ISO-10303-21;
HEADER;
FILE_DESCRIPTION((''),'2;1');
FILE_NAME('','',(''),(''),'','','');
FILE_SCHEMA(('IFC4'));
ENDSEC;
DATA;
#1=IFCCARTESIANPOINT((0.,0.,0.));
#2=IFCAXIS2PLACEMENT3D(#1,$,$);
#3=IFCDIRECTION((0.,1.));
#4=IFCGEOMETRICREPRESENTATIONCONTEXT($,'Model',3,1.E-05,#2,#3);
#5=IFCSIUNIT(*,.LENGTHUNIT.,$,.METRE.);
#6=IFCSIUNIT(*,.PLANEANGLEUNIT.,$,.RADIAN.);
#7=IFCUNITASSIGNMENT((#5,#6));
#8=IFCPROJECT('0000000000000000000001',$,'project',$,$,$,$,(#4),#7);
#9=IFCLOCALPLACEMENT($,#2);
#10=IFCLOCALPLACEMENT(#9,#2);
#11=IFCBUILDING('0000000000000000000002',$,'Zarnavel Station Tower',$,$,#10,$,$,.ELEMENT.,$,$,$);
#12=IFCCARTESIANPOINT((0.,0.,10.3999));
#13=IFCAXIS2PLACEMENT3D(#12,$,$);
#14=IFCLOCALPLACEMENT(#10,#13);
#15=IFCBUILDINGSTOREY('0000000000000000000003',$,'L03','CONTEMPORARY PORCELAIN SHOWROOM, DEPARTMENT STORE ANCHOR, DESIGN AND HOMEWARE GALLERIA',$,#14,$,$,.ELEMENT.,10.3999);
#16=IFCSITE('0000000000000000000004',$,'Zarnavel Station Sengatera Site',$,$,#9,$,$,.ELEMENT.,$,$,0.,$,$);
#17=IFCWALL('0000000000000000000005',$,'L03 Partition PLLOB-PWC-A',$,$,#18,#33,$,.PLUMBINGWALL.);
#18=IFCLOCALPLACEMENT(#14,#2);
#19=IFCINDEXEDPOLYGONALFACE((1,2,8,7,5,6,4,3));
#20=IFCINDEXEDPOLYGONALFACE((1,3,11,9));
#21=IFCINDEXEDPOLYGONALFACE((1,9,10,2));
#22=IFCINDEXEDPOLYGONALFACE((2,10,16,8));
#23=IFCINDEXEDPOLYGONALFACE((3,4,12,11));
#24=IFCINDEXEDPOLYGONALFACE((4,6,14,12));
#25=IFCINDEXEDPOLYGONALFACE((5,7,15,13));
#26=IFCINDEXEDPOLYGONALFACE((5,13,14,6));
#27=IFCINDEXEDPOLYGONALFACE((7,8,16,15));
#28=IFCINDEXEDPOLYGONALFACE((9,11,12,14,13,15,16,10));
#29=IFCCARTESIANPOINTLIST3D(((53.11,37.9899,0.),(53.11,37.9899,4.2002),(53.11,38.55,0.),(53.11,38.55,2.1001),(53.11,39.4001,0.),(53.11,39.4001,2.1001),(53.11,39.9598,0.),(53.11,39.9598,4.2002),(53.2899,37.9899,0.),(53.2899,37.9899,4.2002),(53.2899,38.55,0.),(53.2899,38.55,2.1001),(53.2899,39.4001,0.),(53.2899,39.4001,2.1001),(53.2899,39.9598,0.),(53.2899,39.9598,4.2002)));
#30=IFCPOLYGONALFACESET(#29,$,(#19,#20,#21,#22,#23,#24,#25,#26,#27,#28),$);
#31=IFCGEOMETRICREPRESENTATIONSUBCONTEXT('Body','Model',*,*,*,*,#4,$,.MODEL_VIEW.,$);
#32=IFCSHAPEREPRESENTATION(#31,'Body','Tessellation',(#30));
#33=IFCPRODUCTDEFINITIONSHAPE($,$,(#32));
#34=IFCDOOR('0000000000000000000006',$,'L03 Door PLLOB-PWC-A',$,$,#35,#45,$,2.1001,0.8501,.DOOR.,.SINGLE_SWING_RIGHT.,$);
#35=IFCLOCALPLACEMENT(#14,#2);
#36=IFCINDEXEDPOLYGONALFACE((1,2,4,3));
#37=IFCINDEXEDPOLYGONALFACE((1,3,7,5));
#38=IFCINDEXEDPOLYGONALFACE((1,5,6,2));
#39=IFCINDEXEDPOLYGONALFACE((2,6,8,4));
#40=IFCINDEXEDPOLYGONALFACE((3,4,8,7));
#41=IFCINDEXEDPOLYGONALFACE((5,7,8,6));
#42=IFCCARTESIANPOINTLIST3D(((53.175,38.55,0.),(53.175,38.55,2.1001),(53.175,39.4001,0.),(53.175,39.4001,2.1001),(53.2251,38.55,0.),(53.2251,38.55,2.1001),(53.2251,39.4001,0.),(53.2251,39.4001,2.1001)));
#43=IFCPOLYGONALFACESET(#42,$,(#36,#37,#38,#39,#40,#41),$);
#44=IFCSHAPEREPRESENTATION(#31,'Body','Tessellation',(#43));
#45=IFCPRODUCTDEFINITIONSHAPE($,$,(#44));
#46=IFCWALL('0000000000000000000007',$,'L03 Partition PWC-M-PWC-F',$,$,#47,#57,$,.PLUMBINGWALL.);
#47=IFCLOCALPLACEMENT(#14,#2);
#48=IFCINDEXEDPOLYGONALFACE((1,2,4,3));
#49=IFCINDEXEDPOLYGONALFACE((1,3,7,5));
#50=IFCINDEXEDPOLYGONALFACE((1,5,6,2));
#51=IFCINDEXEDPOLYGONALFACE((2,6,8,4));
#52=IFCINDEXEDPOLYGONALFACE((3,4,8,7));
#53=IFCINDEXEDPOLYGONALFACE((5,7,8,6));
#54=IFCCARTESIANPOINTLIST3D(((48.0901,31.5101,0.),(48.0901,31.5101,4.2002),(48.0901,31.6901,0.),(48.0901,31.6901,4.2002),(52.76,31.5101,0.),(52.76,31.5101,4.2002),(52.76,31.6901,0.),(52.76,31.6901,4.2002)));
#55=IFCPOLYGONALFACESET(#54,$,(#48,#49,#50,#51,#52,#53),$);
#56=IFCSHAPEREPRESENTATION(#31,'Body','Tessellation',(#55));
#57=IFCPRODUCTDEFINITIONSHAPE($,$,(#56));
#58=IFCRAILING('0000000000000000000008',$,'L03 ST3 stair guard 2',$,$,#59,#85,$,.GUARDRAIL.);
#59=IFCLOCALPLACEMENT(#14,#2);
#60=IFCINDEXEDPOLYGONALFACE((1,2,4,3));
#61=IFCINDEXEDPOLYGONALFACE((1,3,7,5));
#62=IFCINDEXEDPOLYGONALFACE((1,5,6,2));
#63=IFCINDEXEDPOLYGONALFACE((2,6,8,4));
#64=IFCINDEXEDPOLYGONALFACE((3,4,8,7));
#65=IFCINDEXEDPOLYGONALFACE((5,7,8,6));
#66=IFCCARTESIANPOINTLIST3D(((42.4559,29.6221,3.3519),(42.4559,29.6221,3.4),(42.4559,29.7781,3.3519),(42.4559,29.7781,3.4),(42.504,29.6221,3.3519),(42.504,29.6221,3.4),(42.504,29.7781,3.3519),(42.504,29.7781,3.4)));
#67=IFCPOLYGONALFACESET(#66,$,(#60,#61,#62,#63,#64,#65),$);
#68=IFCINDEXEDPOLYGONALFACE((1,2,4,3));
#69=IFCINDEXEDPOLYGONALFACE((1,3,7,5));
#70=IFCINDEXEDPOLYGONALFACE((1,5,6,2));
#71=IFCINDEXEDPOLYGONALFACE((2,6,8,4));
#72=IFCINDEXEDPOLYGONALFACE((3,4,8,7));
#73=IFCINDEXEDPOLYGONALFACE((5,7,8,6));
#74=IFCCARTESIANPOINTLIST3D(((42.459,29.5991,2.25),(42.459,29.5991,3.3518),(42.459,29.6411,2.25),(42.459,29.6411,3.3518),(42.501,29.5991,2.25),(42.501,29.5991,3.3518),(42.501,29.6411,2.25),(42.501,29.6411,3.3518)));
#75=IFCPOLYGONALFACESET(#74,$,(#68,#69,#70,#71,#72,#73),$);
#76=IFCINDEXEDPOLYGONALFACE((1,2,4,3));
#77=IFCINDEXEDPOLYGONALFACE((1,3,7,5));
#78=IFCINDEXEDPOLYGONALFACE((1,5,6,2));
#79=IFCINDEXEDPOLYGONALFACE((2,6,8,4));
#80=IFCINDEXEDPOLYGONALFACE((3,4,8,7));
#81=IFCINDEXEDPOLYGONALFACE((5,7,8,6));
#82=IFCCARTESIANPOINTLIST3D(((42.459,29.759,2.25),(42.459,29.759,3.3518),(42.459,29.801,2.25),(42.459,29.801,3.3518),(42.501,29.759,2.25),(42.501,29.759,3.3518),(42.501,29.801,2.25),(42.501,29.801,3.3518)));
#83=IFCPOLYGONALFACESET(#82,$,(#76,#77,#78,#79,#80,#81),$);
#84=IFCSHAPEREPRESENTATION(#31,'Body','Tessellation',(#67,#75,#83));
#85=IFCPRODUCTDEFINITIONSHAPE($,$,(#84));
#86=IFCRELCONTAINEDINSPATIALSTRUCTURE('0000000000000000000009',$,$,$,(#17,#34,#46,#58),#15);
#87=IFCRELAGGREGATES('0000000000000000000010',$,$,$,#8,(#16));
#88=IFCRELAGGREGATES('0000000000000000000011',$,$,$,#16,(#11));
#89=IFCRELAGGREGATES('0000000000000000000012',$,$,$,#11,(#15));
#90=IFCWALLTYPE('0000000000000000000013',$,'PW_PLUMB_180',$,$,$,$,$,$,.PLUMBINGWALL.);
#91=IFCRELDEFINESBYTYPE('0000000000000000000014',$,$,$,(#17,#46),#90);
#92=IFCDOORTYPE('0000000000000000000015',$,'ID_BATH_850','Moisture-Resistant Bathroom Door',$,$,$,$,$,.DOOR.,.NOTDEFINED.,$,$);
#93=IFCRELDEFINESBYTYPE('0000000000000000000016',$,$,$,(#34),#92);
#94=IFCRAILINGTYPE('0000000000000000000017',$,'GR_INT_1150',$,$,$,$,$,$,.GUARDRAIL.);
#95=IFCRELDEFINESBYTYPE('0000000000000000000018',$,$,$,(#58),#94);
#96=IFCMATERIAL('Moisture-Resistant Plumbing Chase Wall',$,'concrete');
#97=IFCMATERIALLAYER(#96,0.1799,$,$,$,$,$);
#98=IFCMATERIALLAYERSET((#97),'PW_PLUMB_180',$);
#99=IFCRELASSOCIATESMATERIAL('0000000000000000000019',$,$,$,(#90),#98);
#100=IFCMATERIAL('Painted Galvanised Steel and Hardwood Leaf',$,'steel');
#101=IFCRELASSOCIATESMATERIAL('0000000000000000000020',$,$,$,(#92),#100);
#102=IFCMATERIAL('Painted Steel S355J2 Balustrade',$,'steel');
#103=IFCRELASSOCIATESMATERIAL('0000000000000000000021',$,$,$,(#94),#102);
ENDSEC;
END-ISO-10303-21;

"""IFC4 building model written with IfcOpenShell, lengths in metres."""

from ifc_helpers import new_model, si_unit, direction, frame, frame_2d, origin, origin_2d, place, context, subcontext, project, spatial, rectangle, extrude, material, layer, layer_set, type_object, element, fill, save


model = new_model("IFC4")

# Units and contexts
model_context = context("Model", 3, precision=1e-05, world=origin(), true_north=direction((0.0, 1.0)))
body_context = subcontext(model_context, "Body", "Model", "MODEL_VIEW")
ifc_project = project(units=[si_unit("LENGTHUNIT", "METRE"), si_unit("PLANEANGLEUNIT", "RADIAN")], contexts=[model_context])

# Site, building, storey
site_placement = place(None, origin())
site = spatial("IfcSite", under=ifc_project, at=site_placement, Name="Zarnavel Station Sengatera Site", CompositionType="ELEMENT", RefElevation=0.0)
building_placement = place(site_placement, origin())
building = spatial("IfcBuilding", under=site, at=building_placement, Name="Zarnavel Station Tower", CompositionType="ELEMENT")
storey_placement = place(building_placement, frame((0.0, 0.0, 10.3999)))
storey = spatial("IfcBuildingStorey", under=building, at=storey_placement, Name="L03", Description="CONTEMPORARY PORCELAIN SHOWROOM, DEPARTMENT STORE ANCHOR, DESIGN AND HOMEWARE GALLERIA", CompositionType="ELEMENT", Elevation=10.3999)

# Wall, opening, door
ifc_material_1 = material(Name="Moisture-Resistant Plumbing Chase Wall", Category="concrete")
ifc_layer_1 = layer(ifc_material_1, 0.1799)
ifc_layer_set_1 = layer_set([ifc_layer_1], Name="PW_PLUMB_180")
wall_type_1 = type_object("IfcWallType", Name="PW_PLUMB_180", PredefinedType="PLUMBINGWALL", material=ifc_layer_set_1)
ifc_material_2 = material(Name="Painted Galvanised Steel and Hardwood Leaf", Category="steel")
door_type_1 = type_object("IfcDoorType", Name="ID_BATH_850", Description="Moisture-Resistant Bathroom Door", OperationType="NOTDEFINED", PredefinedType="DOOR", material=ifc_material_2)
wall_1_placement = place(storey_placement, frame((53.2, 37.99, 0.0), z_axis=(0.0, 0.0, 1.0), x_axis=(0.0, 1.0, 0.0)))
wall_1 = element("IfcWall", 1, at=wall_1_placement, inside=storey, type_object=wall_type_1, Name="L03 Partition PLLOB-PWC-A", PredefinedType="PLUMBINGWALL", context=body_context, shape_type="SweptSolid", body=[
    extrude(rectangle(XDim=1.97, YDim=0.1799, at=frame_2d((0.9849, 0.0))), origin(), (0.0, 0.0, 1.0), 4.2002),
])
opening_1_placement = place(wall_1_placement, frame((0.5601, 0.0, 0.0)))
opening_1 = element("IfcOpeningElement", 2, at=opening_1_placement, cuts=wall_1, PredefinedType="OPENING", context=body_context, shape_type="SweptSolid", body=[
    extrude(rectangle(XDim=0.8501, YDim=2.1001, at=frame_2d((0.425, 1.05))), frame((0.0, 0.0999, 0.0), z_axis=(0.0, -1.0, 0.0), x_axis=(1.0, 0.0, 0.0)), (0.0, 0.0, 1.0), 0.2),
])
door_1_placement = place(opening_1_placement, origin())
door_1 = element("IfcDoor", 3, at=door_1_placement, inside=storey, type_object=door_type_1, Name="L03 Door PLLOB-PWC-A", OperationType="SINGLE_SWING_RIGHT", OverallHeight=2.1001, OverallWidth=0.8501, PredefinedType="DOOR", context=body_context, shape_type="SweptSolid", body=[
    extrude(rectangle(XDim=0.8501, YDim=2.1001, at=frame_2d((0.425, 1.05))), frame((0.0, 0.0249, 0.0), z_axis=(0.0, -1.0, 0.0), x_axis=(1.0, 0.0, 0.0)), (0.0, 0.0, 1.0), 0.05),
])
fill(opening_1, door_1)

# Wall
wall_2_placement = place(storey_placement, frame((48.0901, 31.6001, 0.0), z_axis=(0.0, 0.0, 1.0), x_axis=(1.0, 0.0, 0.0)))
element("IfcWall", 4, at=wall_2_placement, inside=storey, type_object=wall_type_1, Name="L03 Partition PWC-M-PWC-F", PredefinedType="PLUMBINGWALL", context=body_context, shape_type="SweptSolid", body=[
    extrude(rectangle(XDim=4.6699, YDim=0.1799, at=frame_2d((2.335, 0.0))), origin(), (0.0, 0.0, 1.0), 4.2002),
])

# Railing
ifc_material_3 = material(Name="Painted Steel S355J2 Balustrade", Category="steel")
railing_type = type_object("IfcRailingType", Name="GR_INT_1150", PredefinedType="GUARDRAIL", material=ifc_material_3)
railing_placement = place(storey_placement, frame((42.48, 29.6201, 2.25)))
element("IfcRailing", 5, at=railing_placement, inside=storey, type_object=railing_type, Name="L03 ST3 stair guard 2", PredefinedType="GUARDRAIL", context=body_context, shape_type="SweptSolid", body=[
    extrude(rectangle(XDim=0.0481, YDim=0.0481, at=origin_2d()), frame((0.0, 0.002, 1.126), z_axis=(0.0, 1.0, 0.0), x_axis=(-1.0, 0.0, 0.0)), (0.0, 0.0, 1.0), 0.156),
    extrude(rectangle(XDim=0.042, YDim=0.042, at=origin_2d()), origin(), (0.0, 0.0, 1.0), 1.1018),
    extrude(rectangle(XDim=0.042, YDim=0.042, at=origin_2d()), frame((0.0, 0.1599, 0.0)), (0.0, 0.0, 1.0), 1.1018),
])

save(model, "model.ifc")
